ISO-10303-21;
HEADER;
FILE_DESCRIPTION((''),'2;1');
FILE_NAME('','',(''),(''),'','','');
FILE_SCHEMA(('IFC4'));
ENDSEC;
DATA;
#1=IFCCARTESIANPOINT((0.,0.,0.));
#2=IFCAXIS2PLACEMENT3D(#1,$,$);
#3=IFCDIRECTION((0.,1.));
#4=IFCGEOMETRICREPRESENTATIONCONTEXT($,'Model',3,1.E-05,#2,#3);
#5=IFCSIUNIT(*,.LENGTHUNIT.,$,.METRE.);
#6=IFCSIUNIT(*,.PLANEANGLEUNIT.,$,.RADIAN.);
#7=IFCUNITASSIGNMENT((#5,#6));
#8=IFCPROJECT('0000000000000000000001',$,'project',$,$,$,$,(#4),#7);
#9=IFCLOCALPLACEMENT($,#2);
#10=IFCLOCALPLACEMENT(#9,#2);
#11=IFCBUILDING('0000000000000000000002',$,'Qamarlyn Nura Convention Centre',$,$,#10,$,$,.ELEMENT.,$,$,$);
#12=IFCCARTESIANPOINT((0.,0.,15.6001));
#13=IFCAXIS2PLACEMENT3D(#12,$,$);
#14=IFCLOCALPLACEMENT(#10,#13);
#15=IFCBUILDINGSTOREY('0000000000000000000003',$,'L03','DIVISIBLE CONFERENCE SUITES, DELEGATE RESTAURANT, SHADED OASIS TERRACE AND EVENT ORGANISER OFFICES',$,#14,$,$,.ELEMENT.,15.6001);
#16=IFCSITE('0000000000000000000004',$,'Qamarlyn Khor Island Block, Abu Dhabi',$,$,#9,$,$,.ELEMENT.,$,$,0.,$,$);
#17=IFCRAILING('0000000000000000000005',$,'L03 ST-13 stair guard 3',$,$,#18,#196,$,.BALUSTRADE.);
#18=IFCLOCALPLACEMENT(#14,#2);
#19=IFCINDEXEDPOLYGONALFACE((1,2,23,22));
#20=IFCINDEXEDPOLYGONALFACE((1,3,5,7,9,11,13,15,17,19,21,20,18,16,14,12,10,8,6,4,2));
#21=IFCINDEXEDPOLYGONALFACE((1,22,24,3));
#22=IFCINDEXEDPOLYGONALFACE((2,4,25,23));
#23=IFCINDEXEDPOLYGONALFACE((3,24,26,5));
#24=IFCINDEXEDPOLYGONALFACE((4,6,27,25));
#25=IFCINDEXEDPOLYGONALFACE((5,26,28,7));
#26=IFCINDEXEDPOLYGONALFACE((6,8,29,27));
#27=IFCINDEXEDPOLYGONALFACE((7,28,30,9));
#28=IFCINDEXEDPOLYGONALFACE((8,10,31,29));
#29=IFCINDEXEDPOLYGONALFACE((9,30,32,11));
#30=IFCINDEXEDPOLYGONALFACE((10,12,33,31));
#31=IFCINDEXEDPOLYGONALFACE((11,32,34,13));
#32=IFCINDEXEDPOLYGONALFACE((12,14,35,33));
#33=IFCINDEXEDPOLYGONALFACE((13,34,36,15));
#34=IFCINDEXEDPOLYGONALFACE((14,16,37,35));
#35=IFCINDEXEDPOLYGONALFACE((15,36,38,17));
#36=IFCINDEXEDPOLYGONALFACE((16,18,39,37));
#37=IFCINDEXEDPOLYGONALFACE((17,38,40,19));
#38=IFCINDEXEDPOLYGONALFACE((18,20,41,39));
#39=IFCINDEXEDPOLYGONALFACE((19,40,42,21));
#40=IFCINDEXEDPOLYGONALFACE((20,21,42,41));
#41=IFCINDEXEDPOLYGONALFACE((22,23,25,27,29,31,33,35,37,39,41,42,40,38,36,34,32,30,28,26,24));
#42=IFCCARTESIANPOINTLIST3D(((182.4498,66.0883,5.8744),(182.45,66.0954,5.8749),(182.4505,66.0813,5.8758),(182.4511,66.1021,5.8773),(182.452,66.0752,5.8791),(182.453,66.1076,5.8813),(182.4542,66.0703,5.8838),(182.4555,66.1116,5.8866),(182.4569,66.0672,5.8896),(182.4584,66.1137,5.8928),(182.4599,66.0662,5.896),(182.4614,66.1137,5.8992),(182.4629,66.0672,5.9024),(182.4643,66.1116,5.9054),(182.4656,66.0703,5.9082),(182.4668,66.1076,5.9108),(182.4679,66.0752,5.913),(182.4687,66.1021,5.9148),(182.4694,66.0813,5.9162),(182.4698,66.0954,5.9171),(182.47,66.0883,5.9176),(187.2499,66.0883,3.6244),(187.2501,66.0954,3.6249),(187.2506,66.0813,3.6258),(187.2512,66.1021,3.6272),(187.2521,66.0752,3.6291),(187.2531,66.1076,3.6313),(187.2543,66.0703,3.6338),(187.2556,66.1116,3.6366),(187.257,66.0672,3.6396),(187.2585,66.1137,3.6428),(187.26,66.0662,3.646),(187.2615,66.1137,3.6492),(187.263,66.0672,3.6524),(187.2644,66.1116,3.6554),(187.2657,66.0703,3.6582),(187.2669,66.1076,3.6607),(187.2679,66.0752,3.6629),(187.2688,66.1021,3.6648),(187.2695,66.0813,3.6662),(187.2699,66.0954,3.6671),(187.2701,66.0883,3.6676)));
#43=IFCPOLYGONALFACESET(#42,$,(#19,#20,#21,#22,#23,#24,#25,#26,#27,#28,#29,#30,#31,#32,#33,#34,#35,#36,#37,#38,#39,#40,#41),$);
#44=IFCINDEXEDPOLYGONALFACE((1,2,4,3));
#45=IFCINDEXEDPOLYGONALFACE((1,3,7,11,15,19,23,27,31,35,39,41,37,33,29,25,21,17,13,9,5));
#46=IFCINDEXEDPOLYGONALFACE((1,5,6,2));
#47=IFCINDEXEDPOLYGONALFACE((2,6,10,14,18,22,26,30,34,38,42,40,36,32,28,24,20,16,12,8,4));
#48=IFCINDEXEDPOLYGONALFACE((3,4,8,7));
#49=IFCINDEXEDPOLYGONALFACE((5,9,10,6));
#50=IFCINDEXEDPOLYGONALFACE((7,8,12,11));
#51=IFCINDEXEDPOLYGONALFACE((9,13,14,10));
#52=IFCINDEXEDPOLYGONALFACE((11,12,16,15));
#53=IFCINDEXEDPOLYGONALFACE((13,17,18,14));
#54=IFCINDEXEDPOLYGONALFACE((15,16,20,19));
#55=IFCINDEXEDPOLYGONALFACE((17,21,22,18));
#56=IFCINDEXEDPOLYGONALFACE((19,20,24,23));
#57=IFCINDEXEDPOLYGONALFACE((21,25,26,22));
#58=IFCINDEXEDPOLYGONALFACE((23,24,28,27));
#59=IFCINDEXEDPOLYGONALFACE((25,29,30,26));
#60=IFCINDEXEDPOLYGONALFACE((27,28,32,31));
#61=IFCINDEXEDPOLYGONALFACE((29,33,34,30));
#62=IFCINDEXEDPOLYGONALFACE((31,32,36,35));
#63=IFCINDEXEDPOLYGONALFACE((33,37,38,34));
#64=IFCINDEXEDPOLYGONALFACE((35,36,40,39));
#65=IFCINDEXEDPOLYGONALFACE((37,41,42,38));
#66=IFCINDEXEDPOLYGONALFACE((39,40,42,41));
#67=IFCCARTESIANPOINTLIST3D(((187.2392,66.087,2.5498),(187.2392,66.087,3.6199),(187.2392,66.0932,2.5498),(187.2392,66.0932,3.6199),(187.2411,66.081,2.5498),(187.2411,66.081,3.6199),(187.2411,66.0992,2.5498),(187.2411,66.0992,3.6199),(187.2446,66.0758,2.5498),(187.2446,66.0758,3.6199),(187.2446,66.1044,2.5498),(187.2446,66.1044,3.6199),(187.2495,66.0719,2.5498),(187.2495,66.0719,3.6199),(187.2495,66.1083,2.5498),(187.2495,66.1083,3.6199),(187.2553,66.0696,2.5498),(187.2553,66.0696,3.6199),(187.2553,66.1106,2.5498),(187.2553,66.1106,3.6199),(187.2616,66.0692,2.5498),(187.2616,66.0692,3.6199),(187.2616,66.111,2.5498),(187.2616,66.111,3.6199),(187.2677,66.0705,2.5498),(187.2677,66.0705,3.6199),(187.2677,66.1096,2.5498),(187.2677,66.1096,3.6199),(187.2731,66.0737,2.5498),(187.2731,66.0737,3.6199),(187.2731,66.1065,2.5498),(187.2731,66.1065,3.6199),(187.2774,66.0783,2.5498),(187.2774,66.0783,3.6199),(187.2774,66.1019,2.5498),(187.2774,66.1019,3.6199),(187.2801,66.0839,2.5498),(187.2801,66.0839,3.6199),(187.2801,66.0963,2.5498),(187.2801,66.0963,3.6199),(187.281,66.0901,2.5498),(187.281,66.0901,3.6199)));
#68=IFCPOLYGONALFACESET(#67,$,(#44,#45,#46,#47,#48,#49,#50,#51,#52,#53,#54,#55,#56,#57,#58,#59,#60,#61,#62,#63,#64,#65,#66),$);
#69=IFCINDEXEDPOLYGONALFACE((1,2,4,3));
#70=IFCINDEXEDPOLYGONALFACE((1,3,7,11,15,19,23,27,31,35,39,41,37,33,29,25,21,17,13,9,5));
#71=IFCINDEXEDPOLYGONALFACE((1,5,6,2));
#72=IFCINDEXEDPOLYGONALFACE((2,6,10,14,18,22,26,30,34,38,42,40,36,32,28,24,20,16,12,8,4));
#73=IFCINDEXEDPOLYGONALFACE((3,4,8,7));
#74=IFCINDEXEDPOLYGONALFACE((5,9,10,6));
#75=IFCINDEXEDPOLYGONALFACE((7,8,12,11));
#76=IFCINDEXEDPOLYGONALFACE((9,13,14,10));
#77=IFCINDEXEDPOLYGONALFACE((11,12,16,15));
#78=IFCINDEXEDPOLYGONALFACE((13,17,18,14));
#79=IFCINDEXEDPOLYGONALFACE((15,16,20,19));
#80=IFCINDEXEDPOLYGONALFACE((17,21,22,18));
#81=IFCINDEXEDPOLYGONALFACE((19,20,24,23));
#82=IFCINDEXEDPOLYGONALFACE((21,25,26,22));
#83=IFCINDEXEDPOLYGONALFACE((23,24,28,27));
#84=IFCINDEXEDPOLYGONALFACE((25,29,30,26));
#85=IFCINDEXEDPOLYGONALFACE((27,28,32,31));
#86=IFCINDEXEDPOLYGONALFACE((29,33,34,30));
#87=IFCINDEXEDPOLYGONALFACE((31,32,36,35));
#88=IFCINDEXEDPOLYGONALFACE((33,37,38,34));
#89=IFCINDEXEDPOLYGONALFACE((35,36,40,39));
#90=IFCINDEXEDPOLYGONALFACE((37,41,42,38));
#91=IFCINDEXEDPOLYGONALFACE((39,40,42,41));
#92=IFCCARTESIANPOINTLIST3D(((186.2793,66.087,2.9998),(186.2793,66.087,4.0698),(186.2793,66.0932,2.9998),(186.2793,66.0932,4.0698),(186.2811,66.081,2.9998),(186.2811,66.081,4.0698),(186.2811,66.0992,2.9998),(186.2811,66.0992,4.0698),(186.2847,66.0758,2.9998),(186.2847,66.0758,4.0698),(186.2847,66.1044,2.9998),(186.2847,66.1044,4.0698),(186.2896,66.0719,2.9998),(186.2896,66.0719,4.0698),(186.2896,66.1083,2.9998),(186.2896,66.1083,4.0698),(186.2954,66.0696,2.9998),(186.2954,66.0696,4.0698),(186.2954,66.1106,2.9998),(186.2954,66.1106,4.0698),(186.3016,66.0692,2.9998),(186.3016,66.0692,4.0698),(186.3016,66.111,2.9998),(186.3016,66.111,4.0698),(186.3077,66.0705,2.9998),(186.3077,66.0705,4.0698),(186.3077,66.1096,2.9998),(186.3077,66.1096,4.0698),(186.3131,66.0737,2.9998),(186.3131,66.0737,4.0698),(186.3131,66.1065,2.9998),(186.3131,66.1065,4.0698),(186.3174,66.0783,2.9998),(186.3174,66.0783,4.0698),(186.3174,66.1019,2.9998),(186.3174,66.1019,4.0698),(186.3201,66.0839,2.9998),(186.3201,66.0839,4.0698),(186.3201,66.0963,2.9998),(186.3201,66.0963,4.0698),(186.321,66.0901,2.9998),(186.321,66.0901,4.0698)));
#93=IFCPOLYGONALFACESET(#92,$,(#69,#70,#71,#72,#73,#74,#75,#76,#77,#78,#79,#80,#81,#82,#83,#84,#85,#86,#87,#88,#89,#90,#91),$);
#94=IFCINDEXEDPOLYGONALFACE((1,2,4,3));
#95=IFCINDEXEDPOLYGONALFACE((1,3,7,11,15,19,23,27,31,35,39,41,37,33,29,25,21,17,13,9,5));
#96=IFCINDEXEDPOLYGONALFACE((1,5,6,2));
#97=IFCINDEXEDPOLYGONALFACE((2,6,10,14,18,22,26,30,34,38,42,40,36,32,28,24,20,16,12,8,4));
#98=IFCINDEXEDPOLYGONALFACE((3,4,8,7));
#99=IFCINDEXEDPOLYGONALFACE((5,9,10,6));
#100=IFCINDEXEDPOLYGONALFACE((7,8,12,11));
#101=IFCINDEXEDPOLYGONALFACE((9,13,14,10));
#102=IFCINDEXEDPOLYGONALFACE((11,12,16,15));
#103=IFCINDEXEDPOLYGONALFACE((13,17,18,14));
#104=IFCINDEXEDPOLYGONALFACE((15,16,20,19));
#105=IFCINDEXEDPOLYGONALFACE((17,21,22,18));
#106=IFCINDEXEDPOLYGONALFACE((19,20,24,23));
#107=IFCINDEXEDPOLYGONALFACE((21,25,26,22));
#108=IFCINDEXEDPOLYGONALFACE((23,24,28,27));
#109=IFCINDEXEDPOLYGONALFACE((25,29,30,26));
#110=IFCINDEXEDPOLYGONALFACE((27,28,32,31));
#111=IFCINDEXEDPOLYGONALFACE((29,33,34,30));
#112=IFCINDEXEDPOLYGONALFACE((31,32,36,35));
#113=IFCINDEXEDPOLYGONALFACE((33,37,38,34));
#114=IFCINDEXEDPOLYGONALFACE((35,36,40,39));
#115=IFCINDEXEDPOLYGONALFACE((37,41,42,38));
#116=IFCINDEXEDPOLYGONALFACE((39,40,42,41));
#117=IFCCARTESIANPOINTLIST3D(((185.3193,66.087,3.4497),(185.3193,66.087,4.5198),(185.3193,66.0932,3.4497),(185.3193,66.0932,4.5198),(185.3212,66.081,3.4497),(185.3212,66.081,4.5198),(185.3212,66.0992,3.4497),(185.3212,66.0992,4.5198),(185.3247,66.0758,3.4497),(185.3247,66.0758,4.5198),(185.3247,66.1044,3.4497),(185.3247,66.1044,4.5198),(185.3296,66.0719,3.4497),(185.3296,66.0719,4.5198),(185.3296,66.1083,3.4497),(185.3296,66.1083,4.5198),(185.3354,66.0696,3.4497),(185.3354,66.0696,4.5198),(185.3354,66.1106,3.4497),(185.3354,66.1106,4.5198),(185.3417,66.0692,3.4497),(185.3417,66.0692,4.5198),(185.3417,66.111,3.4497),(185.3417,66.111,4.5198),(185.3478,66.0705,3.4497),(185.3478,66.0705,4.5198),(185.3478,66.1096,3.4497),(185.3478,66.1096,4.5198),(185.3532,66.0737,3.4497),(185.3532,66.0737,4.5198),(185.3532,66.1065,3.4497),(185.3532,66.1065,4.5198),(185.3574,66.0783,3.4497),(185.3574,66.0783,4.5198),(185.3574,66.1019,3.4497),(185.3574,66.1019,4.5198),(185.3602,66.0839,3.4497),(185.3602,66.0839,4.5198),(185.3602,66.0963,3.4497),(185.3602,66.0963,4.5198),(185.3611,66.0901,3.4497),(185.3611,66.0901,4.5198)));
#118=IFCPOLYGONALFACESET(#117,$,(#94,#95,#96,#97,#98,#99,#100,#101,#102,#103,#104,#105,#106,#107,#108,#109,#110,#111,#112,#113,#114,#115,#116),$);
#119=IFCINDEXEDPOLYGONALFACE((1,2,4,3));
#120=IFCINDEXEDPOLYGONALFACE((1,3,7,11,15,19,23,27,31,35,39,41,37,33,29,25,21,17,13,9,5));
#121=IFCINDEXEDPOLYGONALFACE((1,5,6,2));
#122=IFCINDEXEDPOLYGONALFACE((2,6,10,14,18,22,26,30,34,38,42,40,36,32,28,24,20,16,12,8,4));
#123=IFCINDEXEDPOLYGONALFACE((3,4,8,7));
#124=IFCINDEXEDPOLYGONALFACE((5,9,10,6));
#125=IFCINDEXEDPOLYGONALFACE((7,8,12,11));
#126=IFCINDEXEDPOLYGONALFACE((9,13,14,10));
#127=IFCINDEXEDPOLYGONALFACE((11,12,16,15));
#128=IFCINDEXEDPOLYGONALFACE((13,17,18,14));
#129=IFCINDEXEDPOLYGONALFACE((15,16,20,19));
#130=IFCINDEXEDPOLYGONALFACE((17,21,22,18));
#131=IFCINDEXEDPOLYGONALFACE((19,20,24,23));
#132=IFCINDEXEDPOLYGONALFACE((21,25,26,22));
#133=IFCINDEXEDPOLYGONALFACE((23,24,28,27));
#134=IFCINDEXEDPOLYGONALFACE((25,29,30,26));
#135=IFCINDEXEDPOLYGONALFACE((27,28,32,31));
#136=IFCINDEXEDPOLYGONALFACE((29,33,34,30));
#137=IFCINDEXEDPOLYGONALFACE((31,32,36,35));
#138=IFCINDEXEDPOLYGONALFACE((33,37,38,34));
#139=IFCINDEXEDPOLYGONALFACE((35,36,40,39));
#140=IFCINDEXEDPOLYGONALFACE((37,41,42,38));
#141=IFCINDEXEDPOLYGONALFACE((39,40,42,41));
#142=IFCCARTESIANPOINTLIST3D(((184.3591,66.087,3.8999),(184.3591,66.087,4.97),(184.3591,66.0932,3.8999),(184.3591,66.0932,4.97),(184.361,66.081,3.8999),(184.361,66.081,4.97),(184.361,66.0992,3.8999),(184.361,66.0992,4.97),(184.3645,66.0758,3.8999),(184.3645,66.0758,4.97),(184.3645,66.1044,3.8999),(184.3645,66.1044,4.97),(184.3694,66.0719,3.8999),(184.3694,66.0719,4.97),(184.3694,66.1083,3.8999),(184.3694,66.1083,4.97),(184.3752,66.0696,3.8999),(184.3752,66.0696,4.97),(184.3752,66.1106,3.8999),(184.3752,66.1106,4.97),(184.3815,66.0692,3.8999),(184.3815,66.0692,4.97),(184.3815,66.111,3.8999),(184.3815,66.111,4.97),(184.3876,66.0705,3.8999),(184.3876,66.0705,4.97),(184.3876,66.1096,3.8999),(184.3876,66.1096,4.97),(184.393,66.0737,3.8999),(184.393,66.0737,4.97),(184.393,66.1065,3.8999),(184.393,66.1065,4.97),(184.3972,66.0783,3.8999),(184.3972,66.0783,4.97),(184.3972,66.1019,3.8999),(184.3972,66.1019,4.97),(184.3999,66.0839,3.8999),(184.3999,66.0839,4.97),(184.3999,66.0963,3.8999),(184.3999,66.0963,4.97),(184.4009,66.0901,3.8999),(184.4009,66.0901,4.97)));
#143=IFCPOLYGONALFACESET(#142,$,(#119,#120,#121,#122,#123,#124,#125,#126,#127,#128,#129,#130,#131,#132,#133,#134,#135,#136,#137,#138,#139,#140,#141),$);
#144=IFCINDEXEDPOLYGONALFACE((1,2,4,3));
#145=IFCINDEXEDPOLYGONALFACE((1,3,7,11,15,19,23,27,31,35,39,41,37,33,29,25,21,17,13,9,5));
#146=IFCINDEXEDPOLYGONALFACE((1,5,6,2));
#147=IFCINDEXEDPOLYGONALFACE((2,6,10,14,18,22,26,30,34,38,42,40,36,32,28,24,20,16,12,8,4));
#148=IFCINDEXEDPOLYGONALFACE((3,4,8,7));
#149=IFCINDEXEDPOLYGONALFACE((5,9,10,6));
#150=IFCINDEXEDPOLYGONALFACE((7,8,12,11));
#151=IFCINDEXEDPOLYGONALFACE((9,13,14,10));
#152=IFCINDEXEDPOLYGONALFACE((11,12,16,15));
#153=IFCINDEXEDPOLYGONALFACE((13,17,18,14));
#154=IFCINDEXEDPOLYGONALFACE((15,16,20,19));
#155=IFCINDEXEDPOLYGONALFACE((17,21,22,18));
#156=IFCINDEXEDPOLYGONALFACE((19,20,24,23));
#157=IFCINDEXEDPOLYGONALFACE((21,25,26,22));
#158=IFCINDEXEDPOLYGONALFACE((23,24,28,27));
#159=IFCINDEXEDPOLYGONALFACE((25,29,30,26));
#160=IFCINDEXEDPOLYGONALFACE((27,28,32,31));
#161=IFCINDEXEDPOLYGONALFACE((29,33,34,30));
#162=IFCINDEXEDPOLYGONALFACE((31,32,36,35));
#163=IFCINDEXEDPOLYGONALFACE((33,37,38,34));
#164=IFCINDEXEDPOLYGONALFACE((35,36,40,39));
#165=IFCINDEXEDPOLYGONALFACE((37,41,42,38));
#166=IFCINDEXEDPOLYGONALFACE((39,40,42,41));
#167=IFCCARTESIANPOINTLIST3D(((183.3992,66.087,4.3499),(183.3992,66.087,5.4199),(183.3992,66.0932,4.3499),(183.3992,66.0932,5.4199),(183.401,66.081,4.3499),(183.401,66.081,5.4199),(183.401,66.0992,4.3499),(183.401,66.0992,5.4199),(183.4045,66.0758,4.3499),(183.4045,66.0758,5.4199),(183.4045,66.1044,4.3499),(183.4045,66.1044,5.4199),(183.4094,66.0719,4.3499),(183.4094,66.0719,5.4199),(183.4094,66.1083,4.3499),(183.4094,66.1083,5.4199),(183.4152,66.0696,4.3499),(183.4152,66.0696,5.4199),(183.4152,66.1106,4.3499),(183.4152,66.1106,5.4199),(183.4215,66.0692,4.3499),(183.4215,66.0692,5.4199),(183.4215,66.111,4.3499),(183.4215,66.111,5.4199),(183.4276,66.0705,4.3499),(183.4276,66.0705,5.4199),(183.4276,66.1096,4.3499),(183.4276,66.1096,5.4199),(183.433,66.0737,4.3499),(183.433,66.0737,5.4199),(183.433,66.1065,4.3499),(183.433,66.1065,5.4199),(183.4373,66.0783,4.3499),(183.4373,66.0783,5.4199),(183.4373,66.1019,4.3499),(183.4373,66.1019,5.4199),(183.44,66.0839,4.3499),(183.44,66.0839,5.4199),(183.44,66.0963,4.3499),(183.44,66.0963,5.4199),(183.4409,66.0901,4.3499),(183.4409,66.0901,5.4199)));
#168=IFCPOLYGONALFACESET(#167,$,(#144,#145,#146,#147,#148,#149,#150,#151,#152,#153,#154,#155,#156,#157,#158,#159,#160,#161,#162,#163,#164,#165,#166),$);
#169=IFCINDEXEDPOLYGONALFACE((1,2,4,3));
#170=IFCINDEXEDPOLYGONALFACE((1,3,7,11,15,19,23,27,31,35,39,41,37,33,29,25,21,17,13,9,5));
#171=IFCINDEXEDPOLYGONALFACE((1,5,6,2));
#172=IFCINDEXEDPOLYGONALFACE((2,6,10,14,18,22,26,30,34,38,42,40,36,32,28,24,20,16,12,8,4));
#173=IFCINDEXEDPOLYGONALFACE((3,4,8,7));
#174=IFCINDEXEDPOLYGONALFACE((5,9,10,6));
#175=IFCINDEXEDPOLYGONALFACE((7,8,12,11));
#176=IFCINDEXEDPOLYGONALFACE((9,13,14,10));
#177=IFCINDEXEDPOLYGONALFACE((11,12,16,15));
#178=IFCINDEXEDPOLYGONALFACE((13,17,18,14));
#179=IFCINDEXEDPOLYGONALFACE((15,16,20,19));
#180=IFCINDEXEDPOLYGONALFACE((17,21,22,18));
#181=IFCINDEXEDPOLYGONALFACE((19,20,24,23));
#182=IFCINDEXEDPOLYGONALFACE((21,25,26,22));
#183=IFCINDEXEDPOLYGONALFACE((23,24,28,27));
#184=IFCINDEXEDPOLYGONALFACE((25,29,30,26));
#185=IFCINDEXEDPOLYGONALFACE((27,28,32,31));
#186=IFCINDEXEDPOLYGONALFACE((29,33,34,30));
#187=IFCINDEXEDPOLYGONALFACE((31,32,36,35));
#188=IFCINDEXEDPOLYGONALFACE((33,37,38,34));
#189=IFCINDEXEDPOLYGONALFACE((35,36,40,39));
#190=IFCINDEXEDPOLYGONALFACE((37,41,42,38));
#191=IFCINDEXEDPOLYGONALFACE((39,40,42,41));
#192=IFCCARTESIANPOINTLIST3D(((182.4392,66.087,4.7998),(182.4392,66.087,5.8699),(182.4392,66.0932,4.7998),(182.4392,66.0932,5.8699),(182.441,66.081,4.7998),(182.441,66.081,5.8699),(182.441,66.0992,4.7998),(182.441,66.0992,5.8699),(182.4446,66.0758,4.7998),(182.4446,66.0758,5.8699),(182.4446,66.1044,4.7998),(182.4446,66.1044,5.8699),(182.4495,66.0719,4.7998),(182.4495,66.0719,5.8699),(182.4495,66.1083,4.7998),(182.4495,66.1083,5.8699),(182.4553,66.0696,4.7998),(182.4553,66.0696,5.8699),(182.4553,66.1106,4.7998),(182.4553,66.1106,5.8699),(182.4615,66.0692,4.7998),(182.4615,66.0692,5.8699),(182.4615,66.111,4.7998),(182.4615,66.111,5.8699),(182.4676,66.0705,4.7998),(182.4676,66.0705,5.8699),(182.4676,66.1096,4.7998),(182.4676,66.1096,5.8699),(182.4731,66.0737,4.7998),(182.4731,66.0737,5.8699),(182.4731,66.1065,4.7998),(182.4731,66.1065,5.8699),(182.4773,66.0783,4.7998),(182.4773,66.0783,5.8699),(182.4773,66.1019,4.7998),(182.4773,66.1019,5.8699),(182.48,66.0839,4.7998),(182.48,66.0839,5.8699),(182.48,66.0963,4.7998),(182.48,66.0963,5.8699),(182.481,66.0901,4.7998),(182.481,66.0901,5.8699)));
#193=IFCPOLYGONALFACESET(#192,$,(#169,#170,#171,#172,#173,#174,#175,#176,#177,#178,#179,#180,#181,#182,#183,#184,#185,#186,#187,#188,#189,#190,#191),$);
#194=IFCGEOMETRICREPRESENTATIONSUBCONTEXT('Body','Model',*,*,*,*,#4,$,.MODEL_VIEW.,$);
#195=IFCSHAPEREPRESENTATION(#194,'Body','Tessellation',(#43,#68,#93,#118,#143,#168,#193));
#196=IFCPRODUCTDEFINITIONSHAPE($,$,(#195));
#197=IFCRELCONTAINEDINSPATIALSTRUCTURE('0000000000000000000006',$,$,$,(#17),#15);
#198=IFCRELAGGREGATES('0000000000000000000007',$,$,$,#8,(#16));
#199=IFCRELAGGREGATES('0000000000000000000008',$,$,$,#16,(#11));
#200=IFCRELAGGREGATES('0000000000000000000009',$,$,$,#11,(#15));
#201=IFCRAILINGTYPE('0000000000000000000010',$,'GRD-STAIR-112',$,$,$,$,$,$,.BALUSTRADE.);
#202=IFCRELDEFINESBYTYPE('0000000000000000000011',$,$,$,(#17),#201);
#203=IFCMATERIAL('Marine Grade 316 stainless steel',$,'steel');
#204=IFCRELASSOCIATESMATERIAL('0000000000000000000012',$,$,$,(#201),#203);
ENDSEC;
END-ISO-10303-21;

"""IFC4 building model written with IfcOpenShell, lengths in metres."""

from ifc_helpers import new_model, si_unit, direction, frame, origin, origin_2d, place, context, subcontext, project, spatial, circle, extrude, material, type_object, element, save


model = new_model("IFC4")

# Units and contexts
model_context = context("Model", 3, precision=1e-05, world=origin(), true_north=direction((0.0, 1.0)))
body_context = subcontext(model_context, "Body", "Model", "MODEL_VIEW")
ifc_project = project(units=[si_unit("LENGTHUNIT", "METRE"), si_unit("PLANEANGLEUNIT", "RADIAN")], contexts=[model_context])

# Site, building, storey
site_placement = place(None, origin())
site = spatial("IfcSite", under=ifc_project, at=site_placement, Name="Qamarlyn Khor Island Block, Abu Dhabi", CompositionType="ELEMENT", RefElevation=0.0)
building_placement = place(site_placement, origin())
building = spatial("IfcBuilding", under=site, at=building_placement, Name="Qamarlyn Nura Convention Centre", CompositionType="ELEMENT")
storey_placement = place(building_placement, frame((0.0, 0.0, 15.6001)))
storey = spatial("IfcBuildingStorey", under=building, at=storey_placement, Name="L03", Description="DIVISIBLE CONFERENCE SUITES, DELEGATE RESTAURANT, SHADED OASIS TERRACE AND EVENT ORGANISER OFFICES", CompositionType="ELEMENT", Elevation=15.6001)

# Shared definitions
ifc_material_1 = material(Name="Marine Grade 316 stainless steel", Category="steel")

# Railing
railing_type = type_object("IfcRailingType", Name="GRD-STAIR-112", PredefinedType="BALUSTRADE", material=ifc_material_1)
railing_1_placement = place(storey_placement, frame((187.26, 66.0901, 2.5498)))
element("IfcRailing", 1, at=railing_1_placement, inside=storey, type_object=railing_type, Name="L03 ST-13 stair guard 3", PredefinedType="BALUSTRADE", context=body_context, shape_type="SweptSolid", body=[
    extrude(circle(Radius=0.0239, at=origin_2d()), frame((0.0, 0.0, 1.0962), z_axis=(-0.905461, 0.0, 0.42443), x_axis=(0.0, -1.0, 0.0)), (0.0, 0.0, 1.0), 5.3013),
    extrude(circle(Radius=0.021, at=origin_2d()), origin(), (0.0, 0.0, 1.0), 1.0701),
    extrude(circle(Radius=0.021, at=origin_2d()), frame((-0.96, 0.0, 0.45)), (0.0, 0.0, 1.0), 1.0701),
    extrude(circle(Radius=0.021, at=origin_2d()), frame((-1.9199, 0.0, 0.8999)), (0.0, 0.0, 1.0), 1.0701),
    extrude(circle(Radius=0.021, at=origin_2d()), frame((-2.8801, 0.0, 1.3501)), (0.0, 0.0, 1.0), 1.0701),
    extrude(circle(Radius=0.021, at=origin_2d()), frame((-3.8401, 0.0, 1.8)), (0.0, 0.0, 1.0), 1.0701),
    extrude(circle(Radius=0.021, at=origin_2d()), frame((-4.8, 0.0, 2.25)), (0.0, 0.0, 1.0), 1.0701),
])

save(model, "model.ifc")
